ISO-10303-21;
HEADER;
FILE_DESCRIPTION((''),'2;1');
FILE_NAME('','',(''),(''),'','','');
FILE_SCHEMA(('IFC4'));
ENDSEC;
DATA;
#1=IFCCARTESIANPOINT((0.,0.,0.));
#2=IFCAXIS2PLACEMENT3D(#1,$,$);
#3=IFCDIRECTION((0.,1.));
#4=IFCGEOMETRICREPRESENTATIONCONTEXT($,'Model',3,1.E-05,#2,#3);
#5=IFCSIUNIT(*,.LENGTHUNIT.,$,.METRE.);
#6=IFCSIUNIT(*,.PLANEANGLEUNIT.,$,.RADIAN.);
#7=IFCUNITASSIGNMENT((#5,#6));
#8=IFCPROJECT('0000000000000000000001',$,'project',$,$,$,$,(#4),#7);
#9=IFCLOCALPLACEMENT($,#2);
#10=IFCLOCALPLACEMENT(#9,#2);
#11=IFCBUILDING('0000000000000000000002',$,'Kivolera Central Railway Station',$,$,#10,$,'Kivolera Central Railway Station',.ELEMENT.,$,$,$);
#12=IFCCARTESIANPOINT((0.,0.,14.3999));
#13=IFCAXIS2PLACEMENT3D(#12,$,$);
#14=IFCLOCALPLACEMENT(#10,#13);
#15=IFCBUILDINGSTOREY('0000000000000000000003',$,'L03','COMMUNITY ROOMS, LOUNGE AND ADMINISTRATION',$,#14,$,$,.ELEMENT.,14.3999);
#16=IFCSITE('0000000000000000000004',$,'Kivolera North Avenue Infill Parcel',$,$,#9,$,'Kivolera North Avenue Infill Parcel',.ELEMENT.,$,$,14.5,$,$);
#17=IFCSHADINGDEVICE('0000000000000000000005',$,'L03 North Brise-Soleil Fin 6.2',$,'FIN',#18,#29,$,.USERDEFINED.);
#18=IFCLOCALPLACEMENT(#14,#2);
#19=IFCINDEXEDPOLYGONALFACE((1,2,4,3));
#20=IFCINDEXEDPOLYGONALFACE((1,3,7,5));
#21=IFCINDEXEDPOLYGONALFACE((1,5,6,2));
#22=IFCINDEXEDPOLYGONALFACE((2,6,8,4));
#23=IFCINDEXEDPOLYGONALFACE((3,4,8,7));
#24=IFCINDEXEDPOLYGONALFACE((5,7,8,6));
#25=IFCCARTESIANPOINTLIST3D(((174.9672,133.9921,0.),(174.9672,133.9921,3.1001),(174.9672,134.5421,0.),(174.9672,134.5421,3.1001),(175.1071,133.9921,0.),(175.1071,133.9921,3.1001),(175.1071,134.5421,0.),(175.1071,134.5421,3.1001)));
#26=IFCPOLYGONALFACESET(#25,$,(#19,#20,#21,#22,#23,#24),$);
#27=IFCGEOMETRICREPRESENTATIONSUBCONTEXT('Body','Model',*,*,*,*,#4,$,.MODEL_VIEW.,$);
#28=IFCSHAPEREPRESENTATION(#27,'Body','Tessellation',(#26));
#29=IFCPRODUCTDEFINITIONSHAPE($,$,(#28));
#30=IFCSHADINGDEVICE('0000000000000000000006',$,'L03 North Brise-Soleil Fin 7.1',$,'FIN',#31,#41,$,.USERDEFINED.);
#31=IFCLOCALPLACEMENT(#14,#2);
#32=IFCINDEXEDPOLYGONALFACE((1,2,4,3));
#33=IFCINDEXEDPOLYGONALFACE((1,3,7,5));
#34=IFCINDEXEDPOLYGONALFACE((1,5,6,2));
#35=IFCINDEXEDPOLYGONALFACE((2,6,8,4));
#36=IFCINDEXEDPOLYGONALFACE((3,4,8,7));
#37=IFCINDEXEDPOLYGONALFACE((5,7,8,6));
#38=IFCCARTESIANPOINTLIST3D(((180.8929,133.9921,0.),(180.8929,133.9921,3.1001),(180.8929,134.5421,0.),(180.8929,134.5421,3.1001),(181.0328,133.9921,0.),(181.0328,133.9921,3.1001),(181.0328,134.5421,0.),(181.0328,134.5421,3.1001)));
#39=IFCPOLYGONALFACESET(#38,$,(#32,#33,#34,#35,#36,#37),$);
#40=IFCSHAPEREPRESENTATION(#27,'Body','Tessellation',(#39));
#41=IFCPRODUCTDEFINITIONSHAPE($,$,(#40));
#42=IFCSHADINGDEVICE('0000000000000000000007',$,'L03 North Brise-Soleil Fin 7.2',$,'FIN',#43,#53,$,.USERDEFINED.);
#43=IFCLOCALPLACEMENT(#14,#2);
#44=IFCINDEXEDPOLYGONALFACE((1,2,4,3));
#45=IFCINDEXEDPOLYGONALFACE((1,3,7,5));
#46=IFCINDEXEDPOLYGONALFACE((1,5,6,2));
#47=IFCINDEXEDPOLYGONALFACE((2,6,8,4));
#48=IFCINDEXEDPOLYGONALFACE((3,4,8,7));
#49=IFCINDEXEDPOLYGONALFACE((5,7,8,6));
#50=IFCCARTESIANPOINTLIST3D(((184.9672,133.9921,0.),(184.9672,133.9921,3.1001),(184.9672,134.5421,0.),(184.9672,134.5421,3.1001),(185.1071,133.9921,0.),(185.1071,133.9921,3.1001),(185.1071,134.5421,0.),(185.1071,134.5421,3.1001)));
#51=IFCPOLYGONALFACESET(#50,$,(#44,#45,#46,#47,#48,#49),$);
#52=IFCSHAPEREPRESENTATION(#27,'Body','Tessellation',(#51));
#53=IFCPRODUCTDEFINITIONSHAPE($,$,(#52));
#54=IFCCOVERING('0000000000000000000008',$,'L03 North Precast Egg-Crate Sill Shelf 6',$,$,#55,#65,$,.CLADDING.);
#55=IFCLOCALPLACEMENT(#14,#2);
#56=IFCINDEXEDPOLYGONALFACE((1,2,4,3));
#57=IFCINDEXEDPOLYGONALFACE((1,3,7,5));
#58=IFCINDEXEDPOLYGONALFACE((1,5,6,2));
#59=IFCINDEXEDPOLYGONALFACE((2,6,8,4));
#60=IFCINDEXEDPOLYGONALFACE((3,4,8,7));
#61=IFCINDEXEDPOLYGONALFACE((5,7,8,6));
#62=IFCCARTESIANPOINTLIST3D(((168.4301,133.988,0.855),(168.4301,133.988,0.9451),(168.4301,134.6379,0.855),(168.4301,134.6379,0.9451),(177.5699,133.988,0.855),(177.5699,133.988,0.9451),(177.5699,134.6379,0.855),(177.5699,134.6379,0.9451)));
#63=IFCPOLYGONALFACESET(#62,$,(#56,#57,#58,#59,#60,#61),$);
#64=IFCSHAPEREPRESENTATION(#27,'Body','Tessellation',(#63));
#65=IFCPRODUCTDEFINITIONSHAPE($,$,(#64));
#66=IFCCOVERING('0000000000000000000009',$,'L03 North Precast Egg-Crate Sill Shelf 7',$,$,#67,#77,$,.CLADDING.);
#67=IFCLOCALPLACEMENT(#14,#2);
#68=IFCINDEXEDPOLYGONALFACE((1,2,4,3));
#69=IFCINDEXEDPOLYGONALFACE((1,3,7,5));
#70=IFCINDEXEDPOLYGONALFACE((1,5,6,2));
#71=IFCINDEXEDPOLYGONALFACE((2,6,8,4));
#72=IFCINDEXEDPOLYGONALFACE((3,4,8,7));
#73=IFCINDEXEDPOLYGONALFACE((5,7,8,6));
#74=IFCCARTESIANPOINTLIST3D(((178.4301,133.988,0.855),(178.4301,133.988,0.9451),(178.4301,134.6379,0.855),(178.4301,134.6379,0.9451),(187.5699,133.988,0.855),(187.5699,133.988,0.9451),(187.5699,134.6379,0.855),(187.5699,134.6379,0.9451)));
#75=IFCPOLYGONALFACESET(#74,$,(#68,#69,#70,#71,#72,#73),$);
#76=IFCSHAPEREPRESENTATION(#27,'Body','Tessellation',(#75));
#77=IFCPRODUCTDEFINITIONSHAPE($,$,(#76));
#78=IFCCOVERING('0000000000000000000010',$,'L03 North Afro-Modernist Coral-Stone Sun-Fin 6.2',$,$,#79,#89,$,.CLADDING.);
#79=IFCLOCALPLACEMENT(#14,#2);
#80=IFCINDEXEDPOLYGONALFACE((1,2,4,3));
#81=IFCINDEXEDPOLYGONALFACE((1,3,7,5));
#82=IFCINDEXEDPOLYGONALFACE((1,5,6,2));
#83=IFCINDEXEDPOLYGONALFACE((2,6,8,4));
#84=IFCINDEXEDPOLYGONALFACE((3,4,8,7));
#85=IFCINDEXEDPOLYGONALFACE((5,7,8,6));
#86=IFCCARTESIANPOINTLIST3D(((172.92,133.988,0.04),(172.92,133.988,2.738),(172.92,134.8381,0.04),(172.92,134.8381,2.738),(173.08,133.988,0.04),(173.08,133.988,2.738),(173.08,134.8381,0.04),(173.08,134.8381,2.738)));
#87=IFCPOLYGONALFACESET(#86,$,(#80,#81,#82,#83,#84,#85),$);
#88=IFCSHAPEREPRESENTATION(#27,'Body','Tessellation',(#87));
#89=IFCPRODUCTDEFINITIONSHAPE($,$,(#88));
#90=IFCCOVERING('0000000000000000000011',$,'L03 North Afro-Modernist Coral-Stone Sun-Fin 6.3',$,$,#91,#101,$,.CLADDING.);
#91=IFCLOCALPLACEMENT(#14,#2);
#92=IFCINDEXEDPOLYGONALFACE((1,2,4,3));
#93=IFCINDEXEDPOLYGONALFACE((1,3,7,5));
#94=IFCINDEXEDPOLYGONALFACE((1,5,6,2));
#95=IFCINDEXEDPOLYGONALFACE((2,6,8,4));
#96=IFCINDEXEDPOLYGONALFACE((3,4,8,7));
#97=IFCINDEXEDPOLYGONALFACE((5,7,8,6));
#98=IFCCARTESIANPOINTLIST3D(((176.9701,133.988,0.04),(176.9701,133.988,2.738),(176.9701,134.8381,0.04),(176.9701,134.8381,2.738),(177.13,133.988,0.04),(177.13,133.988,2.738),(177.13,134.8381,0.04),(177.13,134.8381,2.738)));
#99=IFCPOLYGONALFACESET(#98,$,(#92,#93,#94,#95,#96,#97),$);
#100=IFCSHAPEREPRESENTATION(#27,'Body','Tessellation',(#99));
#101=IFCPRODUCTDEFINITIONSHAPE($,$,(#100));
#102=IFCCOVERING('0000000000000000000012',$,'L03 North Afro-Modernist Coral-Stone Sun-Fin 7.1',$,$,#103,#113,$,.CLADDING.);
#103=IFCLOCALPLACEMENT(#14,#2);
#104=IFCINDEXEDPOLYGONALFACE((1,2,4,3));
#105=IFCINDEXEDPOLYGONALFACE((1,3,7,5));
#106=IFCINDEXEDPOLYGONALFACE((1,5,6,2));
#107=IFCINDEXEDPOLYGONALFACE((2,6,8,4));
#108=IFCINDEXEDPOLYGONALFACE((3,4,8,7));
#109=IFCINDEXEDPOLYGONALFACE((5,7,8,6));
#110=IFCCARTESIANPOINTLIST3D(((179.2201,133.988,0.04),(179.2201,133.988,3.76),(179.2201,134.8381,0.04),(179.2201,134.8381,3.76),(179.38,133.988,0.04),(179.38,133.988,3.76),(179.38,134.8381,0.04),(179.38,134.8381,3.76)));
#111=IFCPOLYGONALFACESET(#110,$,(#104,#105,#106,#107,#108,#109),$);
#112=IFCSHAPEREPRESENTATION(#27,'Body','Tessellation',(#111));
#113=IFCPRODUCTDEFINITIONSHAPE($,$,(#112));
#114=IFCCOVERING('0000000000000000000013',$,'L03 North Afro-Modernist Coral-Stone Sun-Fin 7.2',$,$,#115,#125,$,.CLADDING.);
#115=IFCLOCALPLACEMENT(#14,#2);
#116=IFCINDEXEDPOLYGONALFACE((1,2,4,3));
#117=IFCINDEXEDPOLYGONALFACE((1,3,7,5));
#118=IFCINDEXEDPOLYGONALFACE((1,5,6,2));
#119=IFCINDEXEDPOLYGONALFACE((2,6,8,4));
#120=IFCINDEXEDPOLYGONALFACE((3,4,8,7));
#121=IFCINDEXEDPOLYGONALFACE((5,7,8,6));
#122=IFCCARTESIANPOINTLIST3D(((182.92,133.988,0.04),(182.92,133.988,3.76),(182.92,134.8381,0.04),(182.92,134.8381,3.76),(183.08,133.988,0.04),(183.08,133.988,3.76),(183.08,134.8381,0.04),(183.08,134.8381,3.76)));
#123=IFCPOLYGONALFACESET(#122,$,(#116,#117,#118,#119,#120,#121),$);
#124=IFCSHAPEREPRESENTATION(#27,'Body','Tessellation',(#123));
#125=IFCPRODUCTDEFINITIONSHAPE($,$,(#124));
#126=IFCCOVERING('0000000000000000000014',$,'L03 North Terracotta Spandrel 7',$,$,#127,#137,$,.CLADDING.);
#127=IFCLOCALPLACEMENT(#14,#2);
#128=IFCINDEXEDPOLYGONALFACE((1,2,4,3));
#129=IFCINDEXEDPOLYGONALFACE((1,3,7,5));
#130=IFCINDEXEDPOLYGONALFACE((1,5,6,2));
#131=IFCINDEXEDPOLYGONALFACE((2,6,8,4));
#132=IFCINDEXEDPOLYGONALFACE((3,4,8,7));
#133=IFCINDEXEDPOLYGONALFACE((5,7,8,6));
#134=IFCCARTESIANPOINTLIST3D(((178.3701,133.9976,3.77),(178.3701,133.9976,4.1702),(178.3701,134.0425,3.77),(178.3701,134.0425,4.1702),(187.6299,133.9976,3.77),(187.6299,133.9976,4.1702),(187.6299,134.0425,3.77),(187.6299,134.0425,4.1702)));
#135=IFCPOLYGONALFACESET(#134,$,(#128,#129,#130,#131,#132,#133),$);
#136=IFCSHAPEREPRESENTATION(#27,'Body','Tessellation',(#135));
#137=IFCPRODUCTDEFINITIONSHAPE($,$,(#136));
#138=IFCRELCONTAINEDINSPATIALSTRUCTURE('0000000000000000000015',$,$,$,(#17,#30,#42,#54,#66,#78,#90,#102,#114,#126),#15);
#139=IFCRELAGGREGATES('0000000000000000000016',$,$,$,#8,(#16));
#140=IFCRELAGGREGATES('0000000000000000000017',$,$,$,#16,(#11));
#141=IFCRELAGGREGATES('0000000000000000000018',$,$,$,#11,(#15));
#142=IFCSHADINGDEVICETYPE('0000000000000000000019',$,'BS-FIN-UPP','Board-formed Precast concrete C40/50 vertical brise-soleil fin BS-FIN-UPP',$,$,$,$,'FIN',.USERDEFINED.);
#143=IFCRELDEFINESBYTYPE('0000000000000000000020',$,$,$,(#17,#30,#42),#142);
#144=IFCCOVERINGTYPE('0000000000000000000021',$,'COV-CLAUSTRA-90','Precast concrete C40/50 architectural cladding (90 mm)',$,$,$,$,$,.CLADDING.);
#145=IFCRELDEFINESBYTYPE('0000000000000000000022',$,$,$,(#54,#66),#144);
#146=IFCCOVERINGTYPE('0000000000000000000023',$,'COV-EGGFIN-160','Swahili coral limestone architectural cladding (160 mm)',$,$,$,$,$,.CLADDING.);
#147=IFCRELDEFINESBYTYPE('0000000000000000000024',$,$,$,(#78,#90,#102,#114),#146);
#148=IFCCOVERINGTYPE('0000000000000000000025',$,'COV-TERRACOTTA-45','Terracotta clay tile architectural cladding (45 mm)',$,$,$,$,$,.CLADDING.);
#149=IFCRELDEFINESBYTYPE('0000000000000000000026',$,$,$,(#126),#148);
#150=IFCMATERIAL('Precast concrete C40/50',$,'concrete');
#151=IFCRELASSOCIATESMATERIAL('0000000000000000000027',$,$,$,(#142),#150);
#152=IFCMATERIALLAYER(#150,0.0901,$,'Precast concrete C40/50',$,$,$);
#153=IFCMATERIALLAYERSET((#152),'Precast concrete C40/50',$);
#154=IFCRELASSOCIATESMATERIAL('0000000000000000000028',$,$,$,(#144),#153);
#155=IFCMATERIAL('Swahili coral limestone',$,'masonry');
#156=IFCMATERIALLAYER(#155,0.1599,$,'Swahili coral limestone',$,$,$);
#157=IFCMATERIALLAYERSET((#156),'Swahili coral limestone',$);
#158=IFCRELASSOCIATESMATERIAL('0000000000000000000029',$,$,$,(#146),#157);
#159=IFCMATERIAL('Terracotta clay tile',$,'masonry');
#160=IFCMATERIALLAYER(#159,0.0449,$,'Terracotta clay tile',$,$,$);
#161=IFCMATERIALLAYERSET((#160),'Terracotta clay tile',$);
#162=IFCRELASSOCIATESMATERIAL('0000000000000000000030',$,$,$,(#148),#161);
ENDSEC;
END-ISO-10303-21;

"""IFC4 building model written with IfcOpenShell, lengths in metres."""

from ifc_helpers import new_model, si_unit, direction, frame, frame_2d, origin, origin_2d, place, context, subcontext, project, spatial, rectangle, extrude, material, layer, layer_set, type_object, element, save


model = new_model("IFC4")

# Units and contexts
model_context = context("Model", 3, precision=1e-05, world=origin(), true_north=direction((0.0, 1.0)))
body_context = subcontext(model_context, "Body", "Model", "MODEL_VIEW")
ifc_project = project(units=[si_unit("LENGTHUNIT", "METRE"), si_unit("PLANEANGLEUNIT", "RADIAN")], contexts=[model_context])

# Site, building, storey
site_placement = place(None, origin())
site = spatial("IfcSite", under=ifc_project, at=site_placement, Name="Kivolera North Avenue Infill Parcel", LongName="Kivolera North Avenue Infill Parcel", CompositionType="ELEMENT", RefElevation=14.5)
building_placement = place(site_placement, origin())
building = spatial("IfcBuilding", under=site, at=building_placement, Name="Kivolera Central Railway Station", LongName="Kivolera Central Railway Station", CompositionType="ELEMENT")
storey_placement = place(building_placement, frame((0.0, 0.0, 14.3999)))
storey = spatial("IfcBuildingStorey", under=building, at=storey_placement, Name="L03", Description="COMMUNITY ROOMS, LOUNGE AND ADMINISTRATION", CompositionType="ELEMENT", Elevation=14.3999)

# Shading devices
ifc_material_1 = material(Name="Precast concrete C40/50", Category="concrete")
shading_device_type = type_object("IfcShadingDeviceType", Name="BS-FIN-UPP", Description="Board-formed Precast concrete C40/50 vertical brise-soleil fin BS-FIN-UPP", ElementType="FIN", PredefinedType="USERDEFINED", material=ifc_material_1)
for number, where, z_axis, x_axis, name in (
    (1, (175.0371, 134.2671, 0.0), (0.0, 0.0, 1.0), (1.0, 0.0, 0.0), "L03 North Brise-Soleil Fin 6.2"),
    (2, (180.9629, 134.2671, 0.0), (0.0, 0.0, 1.0), (1.0, 0.0, 0.0), "L03 North Brise-Soleil Fin 7.1"),
    (3, (185.0371, 134.2671, 0.0), (0.0, 0.0, 1.0), (1.0, 0.0, 0.0), "L03 North Brise-Soleil Fin 7.2"),
):
    element("IfcShadingDevice", number, at=place(storey_placement, frame(where, z_axis=z_axis, x_axis=x_axis)), inside=storey, type_object=shading_device_type, Name=name, ObjectType="FIN", PredefinedType="USERDEFINED", context=body_context, shape_type="SweptSolid", body=[
        extrude(rectangle(XDim=0.1399, YDim=0.55, at=origin_2d()), origin(), (0.0, 0.0, 1.0), 3.1001),
    ])

# Coverings
ifc_layer_1 = layer(ifc_material_1, 0.0901, Name="Precast concrete C40/50")
ifc_layer_set_1 = layer_set([ifc_layer_1], Name="Precast concrete C40/50")
covering_type_1 = type_object("IfcCoveringType", Name="COV-CLAUSTRA-90", Description="Precast concrete C40/50 architectural cladding (90 mm)", PredefinedType="CLADDING", material=ifc_layer_set_1)
for number, where, z_axis, x_axis, name in (
    (4, (173.0, 134.313, 0.855), (0.0, 0.0, 1.0), (1.0, 0.0, 0.0), "L03 North Precast Egg-Crate Sill Shelf 6"),
    (5, (183.0, 134.313, 0.855), (0.0, 0.0, 1.0), (1.0, 0.0, 0.0), "L03 North Precast Egg-Crate Sill Shelf 7"),
):
    element("IfcCovering", number, at=place(storey_placement, frame(where, z_axis=z_axis, x_axis=x_axis)), inside=storey, type_object=covering_type_1, Name=name, PredefinedType="CLADDING", context=body_context, shape_type="SweptSolid", body=[
        extrude(rectangle(XDim=9.1399, YDim=0.6499, at=origin_2d()), origin(), (0.0, 0.0, 1.0), 0.0901),
    ])
ifc_material_2 = material(Name="Swahili coral limestone", Category="masonry")
ifc_layer_2 = layer(ifc_material_2, 0.1599, Name="Swahili coral limestone")
ifc_layer_set_2 = layer_set([ifc_layer_2], Name="Swahili coral limestone")
covering_type_2 = type_object("IfcCoveringType", Name="COV-EGGFIN-160", Description="Swahili coral limestone architectural cladding (160 mm)", PredefinedType="CLADDING", material=ifc_layer_set_2)
for number, where, z_axis, x_axis, name in (
    (6, (173.0, 134.4131, 0.04), (0.0, 0.0, 1.0), (1.0, 0.0, 0.0), "L03 North Afro-Modernist Coral-Stone Sun-Fin 6.2"),
    (7, (177.05, 134.4131, 0.04), (0.0, 0.0, 1.0), (1.0, 0.0, 0.0), "L03 North Afro-Modernist Coral-Stone Sun-Fin 6.3"),
):
    element("IfcCovering", number, at=place(storey_placement, frame(where, z_axis=z_axis, x_axis=x_axis)), inside=storey, type_object=covering_type_2, Name=name, PredefinedType="CLADDING", context=body_context, shape_type="SweptSolid", body=[
        extrude(rectangle(XDim=0.1599, YDim=0.8501, at=origin_2d()), origin(), (0.0, 0.0, 1.0), 2.698),
    ])
for number, where, z_axis, x_axis, name in (
    (8, (179.3, 134.4131, 0.04), (0.0, 0.0, 1.0), (1.0, 0.0, 0.0), "L03 North Afro-Modernist Coral-Stone Sun-Fin 7.1"),
    (9, (183.0, 134.4131, 0.04), (0.0, 0.0, 1.0), (1.0, 0.0, 0.0), "L03 North Afro-Modernist Coral-Stone Sun-Fin 7.2"),
):
    element("IfcCovering", number, at=place(storey_placement, frame(where, z_axis=z_axis, x_axis=x_axis)), inside=storey, type_object=covering_type_2, Name=name, PredefinedType="CLADDING", context=body_context, shape_type="SweptSolid", body=[
        extrude(rectangle(XDim=0.1599, YDim=0.8501, at=origin_2d()), origin(), (0.0, 0.0, 1.0), 3.72),
    ])
ifc_material_3 = material(Name="Terracotta clay tile", Category="masonry")
ifc_layer_3 = layer(ifc_material_3, 0.0449, Name="Terracotta clay tile")
ifc_layer_set_3 = layer_set([ifc_layer_3], Name="Terracotta clay tile")
covering_type_3 = type_object("IfcCoveringType", Name="COV-TERRACOTTA-45", Description="Terracotta clay tile architectural cladding (45 mm)", PredefinedType="CLADDING", material=ifc_layer_set_3)
covering_placement = place(storey_placement, frame((178.3701, 134.02, 3.77), z_axis=(0.0, 0.0, 1.0), x_axis=(1.0, 0.0, 0.0)))
element("IfcCovering", 10, at=covering_placement, inside=storey, type_object=covering_type_3, Name="L03 North Terracotta Spandrel 7", PredefinedType="CLADDING", context=body_context, shape_type="SweptSolid", body=[
    extrude(rectangle(XDim=9.2598, YDim=0.0449, at=frame_2d((4.6299, 0.0))), origin(), (0.0, 0.0, 1.0), 0.4001),
])

save(model, "model.ifc")
